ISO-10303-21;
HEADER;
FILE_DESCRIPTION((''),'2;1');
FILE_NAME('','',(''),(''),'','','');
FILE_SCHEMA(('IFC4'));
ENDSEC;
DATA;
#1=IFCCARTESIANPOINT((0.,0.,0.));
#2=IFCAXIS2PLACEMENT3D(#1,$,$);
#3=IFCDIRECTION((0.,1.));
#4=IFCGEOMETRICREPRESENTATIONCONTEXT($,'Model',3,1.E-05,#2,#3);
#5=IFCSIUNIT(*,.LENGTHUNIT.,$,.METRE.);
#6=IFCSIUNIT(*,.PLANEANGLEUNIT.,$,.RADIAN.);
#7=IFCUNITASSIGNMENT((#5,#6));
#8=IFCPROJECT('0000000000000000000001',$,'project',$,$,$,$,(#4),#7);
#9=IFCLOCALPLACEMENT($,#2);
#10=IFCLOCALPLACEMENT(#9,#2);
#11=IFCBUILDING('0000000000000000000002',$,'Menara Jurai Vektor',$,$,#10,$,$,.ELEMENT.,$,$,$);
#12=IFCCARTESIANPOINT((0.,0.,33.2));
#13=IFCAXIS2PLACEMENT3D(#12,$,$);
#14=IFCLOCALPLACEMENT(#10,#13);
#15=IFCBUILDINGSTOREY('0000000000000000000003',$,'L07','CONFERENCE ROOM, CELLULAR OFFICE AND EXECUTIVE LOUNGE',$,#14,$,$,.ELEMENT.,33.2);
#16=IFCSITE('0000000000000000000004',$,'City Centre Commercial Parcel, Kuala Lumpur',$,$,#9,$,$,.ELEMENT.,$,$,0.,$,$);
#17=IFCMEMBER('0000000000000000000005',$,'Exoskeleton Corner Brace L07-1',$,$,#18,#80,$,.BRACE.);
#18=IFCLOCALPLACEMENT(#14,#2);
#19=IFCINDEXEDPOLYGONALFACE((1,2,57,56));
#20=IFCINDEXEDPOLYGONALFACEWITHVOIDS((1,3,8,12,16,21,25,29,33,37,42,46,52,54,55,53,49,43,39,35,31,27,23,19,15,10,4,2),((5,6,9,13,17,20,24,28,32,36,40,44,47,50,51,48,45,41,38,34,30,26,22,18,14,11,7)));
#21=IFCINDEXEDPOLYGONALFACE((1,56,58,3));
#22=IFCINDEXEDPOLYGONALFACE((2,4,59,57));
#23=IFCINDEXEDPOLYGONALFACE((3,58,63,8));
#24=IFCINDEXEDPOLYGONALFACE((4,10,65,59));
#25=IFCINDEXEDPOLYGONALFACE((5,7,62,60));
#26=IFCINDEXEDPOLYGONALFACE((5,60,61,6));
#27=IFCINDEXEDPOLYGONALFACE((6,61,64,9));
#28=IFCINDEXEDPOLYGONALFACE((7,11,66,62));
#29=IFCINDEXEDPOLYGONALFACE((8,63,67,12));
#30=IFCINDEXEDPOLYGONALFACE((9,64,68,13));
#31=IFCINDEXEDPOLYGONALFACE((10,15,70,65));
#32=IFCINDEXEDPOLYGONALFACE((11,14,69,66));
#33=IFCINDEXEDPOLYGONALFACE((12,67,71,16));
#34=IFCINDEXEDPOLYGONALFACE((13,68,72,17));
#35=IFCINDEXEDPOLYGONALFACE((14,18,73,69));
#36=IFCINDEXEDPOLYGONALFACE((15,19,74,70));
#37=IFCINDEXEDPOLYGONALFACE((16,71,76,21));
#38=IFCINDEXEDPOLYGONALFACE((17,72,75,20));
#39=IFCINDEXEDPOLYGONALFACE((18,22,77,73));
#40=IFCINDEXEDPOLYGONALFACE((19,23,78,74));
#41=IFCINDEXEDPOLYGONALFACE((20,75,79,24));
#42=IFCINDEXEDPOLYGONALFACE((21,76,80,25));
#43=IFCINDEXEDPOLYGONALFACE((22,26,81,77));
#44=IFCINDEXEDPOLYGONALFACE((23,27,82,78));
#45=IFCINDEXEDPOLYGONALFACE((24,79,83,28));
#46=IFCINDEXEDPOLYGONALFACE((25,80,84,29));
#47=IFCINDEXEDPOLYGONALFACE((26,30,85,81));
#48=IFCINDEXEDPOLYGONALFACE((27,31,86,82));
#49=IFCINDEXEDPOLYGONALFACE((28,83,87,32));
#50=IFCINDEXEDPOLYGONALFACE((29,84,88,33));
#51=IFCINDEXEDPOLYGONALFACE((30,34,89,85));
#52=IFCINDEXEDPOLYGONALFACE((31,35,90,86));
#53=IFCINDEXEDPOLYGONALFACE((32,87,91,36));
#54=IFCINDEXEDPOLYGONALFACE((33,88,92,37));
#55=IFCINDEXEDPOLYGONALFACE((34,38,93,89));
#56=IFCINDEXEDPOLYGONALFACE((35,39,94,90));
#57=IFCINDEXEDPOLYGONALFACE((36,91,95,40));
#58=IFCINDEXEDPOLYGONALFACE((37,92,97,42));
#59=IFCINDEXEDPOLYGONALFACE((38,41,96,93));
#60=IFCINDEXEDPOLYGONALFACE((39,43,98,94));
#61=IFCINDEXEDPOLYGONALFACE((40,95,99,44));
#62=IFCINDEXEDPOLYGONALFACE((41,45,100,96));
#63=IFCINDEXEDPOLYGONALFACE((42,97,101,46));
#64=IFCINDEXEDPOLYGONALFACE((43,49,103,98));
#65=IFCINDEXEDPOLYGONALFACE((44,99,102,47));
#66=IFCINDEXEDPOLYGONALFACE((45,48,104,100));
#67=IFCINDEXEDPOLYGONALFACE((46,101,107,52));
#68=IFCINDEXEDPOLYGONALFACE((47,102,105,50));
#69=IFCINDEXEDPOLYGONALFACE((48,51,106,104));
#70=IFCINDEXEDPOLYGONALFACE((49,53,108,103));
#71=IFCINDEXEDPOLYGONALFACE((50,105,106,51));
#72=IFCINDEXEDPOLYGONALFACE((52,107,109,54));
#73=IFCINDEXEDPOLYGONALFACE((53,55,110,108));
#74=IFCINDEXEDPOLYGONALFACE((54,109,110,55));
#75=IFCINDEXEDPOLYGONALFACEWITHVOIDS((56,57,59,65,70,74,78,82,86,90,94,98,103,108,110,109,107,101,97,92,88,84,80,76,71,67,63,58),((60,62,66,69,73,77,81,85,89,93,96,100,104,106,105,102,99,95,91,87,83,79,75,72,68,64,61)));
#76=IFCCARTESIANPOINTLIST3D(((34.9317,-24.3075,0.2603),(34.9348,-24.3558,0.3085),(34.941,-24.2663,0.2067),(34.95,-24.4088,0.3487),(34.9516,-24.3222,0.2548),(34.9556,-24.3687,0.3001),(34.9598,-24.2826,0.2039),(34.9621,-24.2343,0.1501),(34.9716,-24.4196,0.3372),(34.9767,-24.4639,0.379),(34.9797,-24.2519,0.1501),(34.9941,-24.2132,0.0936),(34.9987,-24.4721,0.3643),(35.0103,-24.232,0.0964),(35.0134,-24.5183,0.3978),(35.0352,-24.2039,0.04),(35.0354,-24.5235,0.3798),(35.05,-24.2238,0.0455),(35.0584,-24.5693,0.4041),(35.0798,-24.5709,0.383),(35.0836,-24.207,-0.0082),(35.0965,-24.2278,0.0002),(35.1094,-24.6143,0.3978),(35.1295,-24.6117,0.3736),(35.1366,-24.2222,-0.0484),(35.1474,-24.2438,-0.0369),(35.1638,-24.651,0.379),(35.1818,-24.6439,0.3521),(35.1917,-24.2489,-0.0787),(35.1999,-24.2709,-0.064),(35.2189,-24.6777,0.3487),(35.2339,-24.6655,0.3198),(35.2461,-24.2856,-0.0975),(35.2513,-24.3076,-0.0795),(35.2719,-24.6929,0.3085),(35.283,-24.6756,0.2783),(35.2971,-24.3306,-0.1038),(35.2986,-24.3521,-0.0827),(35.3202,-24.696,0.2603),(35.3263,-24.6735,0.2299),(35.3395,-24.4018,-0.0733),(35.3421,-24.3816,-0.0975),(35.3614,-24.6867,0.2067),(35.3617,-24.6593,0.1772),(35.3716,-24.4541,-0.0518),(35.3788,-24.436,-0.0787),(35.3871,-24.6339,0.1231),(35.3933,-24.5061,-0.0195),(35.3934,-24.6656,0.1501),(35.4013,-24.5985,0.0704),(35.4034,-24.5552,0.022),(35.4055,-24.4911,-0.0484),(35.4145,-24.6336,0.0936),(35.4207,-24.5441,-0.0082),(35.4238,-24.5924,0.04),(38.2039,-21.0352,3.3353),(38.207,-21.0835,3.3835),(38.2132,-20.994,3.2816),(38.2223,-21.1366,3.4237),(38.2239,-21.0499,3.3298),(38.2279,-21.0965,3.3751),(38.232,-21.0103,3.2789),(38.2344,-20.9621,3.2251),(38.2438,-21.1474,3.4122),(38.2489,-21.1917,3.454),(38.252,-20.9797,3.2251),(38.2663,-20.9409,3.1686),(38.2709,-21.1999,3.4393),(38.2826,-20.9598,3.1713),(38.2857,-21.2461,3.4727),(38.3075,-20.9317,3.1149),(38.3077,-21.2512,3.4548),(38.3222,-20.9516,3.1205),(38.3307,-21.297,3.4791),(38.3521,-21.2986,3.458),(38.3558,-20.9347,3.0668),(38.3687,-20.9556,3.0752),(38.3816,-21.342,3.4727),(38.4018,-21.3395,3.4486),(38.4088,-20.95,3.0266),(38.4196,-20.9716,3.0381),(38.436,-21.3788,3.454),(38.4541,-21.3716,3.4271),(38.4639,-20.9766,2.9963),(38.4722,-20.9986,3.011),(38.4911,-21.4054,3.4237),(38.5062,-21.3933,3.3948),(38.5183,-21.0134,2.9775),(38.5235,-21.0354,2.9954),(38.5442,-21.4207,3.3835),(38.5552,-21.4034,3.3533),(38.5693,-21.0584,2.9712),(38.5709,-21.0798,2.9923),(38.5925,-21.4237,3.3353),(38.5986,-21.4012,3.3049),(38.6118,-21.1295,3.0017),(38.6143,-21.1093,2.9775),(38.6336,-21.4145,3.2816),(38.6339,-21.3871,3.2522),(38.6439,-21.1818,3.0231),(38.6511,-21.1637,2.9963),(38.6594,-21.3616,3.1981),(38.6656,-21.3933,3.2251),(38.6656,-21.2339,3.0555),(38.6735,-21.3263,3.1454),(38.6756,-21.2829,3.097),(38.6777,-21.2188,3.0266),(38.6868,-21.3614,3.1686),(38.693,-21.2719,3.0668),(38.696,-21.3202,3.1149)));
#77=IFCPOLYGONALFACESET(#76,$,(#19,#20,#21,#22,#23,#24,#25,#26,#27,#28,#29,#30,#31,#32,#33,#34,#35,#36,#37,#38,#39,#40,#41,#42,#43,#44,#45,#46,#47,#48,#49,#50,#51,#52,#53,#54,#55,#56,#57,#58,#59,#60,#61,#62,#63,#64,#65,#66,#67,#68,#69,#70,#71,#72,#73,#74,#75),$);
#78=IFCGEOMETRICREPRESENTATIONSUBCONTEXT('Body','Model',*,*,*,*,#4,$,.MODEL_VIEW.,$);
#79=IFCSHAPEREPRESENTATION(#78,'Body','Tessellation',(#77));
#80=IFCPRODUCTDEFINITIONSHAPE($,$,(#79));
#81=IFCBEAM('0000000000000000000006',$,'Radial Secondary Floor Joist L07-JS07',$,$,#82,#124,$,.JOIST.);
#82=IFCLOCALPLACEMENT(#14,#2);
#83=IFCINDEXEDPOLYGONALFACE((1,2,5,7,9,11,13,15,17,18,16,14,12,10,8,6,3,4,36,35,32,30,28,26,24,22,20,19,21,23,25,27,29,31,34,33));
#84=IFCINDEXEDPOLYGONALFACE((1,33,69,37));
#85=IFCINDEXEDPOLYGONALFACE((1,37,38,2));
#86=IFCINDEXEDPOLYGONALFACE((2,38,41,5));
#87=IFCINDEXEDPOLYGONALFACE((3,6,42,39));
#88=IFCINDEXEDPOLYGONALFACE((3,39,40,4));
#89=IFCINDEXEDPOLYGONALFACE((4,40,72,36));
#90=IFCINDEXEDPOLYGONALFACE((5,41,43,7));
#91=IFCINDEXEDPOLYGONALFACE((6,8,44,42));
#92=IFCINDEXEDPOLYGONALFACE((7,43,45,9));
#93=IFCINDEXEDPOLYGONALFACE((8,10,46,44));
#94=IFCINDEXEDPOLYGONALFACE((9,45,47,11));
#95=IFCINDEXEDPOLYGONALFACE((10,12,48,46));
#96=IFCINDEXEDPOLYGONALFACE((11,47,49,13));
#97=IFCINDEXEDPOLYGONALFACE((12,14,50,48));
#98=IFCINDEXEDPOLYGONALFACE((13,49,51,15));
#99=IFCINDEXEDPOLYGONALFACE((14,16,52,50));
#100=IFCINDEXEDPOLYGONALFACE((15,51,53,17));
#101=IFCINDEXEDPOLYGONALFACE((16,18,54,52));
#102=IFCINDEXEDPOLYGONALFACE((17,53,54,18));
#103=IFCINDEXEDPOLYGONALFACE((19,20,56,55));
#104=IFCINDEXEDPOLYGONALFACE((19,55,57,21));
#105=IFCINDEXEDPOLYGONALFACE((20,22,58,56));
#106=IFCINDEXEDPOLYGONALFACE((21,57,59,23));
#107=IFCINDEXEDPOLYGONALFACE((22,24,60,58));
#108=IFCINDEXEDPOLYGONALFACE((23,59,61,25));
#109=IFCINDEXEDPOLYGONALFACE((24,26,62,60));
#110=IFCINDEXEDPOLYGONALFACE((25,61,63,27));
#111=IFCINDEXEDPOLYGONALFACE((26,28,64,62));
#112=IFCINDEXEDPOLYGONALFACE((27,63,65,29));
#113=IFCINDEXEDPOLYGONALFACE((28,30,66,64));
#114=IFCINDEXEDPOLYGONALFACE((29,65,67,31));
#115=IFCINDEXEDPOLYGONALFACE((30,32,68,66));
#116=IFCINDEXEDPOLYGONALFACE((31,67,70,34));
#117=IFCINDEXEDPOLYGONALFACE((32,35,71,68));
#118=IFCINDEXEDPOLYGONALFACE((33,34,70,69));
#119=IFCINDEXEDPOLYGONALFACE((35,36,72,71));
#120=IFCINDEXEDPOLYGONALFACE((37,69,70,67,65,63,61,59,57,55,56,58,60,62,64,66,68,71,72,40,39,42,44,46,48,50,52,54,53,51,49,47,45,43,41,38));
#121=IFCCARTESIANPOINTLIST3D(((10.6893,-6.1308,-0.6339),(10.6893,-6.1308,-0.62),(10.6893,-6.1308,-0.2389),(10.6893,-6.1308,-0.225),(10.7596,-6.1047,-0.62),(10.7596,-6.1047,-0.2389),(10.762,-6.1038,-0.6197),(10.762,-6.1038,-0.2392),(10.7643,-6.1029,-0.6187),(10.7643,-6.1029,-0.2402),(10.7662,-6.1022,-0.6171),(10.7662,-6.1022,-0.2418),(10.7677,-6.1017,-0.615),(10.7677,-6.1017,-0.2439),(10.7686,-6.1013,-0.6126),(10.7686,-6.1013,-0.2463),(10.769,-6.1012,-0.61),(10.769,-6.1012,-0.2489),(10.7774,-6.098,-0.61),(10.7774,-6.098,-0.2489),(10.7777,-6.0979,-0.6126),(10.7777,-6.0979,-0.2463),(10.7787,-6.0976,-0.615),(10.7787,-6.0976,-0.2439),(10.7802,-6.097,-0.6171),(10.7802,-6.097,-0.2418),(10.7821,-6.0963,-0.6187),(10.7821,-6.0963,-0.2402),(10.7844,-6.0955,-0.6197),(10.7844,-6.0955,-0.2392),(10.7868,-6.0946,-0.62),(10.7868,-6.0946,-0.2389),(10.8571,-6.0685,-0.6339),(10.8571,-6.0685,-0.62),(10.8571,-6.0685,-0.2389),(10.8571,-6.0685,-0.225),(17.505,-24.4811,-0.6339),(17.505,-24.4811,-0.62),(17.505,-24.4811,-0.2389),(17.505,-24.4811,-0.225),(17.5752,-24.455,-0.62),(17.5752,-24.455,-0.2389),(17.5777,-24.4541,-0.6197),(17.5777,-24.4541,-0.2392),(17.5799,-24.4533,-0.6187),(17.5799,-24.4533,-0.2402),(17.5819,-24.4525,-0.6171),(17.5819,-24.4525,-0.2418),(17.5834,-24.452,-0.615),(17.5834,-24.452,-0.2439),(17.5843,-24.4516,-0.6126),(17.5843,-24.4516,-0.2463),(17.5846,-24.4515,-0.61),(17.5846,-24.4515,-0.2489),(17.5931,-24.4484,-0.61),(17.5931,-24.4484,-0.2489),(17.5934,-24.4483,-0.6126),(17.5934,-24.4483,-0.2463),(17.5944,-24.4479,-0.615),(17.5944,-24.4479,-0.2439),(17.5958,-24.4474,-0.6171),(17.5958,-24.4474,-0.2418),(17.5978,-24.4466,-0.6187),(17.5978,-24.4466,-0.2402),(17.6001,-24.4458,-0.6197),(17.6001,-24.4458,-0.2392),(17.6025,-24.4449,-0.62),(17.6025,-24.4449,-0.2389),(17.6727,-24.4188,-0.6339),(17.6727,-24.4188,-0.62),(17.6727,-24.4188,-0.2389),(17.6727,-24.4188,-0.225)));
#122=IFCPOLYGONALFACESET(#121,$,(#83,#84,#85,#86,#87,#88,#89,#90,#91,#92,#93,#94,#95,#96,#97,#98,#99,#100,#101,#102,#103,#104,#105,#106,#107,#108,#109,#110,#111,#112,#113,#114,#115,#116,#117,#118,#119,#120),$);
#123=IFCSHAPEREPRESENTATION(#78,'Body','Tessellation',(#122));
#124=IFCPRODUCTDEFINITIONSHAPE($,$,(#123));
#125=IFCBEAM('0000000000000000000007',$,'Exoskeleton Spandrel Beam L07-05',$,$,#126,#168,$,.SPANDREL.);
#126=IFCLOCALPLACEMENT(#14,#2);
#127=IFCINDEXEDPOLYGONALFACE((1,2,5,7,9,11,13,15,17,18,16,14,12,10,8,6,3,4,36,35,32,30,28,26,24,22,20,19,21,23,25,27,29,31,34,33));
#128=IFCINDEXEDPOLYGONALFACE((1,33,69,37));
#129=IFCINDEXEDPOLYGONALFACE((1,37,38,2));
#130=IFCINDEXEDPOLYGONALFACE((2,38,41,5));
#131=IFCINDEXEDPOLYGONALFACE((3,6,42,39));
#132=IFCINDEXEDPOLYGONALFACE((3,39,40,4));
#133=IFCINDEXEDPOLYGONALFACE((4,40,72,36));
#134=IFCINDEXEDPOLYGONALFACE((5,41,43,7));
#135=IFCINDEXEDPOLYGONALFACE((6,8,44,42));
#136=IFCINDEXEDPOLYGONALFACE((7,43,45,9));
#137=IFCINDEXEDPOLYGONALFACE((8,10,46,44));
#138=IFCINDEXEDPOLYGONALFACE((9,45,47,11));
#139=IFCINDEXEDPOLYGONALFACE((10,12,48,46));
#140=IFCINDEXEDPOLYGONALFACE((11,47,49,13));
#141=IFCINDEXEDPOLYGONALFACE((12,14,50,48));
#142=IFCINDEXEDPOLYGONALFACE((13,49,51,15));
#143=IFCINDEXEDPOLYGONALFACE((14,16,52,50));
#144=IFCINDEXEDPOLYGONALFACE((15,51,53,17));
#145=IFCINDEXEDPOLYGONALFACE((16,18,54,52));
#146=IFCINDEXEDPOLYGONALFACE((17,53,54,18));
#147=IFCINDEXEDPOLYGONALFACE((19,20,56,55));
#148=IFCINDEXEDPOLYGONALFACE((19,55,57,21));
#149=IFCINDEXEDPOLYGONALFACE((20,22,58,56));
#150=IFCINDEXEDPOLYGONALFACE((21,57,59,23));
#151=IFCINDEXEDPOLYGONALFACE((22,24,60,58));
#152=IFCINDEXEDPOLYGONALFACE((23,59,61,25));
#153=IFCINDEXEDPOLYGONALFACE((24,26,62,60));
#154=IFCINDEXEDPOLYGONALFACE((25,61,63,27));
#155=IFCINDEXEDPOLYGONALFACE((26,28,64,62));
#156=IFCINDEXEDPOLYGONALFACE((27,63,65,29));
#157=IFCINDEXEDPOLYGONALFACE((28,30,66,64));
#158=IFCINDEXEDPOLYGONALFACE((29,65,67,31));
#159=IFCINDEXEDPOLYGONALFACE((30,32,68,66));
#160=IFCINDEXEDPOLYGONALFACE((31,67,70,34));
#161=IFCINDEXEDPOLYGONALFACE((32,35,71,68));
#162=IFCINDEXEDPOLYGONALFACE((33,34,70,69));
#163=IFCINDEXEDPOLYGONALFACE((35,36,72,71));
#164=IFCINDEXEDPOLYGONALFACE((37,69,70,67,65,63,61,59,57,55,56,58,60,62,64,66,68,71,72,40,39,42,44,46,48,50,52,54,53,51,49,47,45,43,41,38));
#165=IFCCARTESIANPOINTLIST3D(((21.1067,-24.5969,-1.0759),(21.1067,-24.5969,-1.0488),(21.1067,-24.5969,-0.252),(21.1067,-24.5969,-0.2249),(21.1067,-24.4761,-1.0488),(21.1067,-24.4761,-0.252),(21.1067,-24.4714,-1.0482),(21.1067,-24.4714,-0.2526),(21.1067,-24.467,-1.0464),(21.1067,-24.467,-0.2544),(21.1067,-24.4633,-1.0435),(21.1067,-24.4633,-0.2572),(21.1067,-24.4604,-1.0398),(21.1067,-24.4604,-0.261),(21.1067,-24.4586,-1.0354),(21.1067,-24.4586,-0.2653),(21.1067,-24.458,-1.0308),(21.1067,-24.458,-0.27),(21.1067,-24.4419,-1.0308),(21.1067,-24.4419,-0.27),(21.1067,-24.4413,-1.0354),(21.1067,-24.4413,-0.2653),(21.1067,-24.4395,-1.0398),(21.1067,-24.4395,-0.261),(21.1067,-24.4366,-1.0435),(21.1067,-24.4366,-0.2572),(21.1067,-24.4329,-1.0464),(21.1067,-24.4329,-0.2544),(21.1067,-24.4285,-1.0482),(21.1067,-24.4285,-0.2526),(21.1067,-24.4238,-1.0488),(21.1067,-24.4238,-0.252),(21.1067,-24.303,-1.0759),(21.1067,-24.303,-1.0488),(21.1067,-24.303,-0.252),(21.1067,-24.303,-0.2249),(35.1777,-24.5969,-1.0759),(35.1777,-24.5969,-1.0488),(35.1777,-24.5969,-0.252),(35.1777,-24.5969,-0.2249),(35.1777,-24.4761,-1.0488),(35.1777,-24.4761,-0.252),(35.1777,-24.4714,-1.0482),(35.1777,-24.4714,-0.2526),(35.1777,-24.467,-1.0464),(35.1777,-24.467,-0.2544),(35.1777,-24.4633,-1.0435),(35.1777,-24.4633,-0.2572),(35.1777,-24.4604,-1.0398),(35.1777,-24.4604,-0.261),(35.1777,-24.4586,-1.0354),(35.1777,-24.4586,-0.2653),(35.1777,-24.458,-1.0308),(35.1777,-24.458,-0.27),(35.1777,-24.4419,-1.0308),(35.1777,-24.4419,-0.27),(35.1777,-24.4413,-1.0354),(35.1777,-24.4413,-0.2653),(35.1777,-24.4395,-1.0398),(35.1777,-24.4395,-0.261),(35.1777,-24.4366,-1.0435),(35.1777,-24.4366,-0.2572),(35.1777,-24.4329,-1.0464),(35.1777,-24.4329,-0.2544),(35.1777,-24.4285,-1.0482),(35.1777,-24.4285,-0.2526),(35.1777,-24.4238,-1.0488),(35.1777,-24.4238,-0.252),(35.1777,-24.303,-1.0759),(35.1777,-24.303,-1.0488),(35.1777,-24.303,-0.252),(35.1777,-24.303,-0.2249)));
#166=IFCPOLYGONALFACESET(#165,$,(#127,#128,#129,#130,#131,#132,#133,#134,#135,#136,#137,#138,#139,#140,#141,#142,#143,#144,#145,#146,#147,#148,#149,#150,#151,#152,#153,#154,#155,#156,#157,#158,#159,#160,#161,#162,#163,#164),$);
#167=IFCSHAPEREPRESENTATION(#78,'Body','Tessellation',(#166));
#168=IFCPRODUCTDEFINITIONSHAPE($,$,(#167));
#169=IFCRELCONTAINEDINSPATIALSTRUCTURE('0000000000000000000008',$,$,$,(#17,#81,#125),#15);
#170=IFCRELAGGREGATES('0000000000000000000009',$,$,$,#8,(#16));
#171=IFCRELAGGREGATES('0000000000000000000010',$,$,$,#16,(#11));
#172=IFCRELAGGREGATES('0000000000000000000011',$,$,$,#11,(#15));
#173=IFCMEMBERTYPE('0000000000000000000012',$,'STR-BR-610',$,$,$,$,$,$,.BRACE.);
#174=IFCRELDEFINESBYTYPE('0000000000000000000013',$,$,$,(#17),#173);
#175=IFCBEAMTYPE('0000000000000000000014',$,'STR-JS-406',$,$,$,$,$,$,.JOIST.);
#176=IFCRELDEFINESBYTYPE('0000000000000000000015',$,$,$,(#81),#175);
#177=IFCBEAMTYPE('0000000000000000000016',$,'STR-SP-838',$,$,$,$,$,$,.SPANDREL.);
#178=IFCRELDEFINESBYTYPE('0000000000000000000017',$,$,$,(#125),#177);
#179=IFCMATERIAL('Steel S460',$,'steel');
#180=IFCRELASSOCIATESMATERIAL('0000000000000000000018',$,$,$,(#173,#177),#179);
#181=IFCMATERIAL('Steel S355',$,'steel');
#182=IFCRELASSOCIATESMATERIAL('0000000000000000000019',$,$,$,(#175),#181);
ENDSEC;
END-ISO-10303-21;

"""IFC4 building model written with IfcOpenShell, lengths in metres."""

from ifc_helpers import new_model, si_unit, direction, frame, origin, origin_2d, place, context, subcontext, project, spatial, hollow_circle, i_section, extrude, material, material_profile, profile_set, type_object, element, save


model = new_model("IFC4")

# Units and contexts
model_context = context("Model", 3, precision=1e-05, world=origin(), true_north=direction((0.0, 1.0)))
body_context = subcontext(model_context, "Body", "Model", "MODEL_VIEW")
ifc_project = project(units=[si_unit("LENGTHUNIT", "METRE"), si_unit("PLANEANGLEUNIT", "RADIAN")], contexts=[model_context])

# Site, building, storey
site_placement = place(None, origin())
site = spatial("IfcSite", under=ifc_project, at=site_placement, Name="City Centre Commercial Parcel, Kuala Lumpur", CompositionType="ELEMENT", RefElevation=0.0)
building_placement = place(site_placement, origin())
building = spatial("IfcBuilding", under=site, at=building_placement, Name="Menara Jurai Vektor", CompositionType="ELEMENT")
storey_placement = place(building_placement, frame((0.0, 0.0, 33.2)))
storey = spatial("IfcBuildingStorey", under=building, at=storey_placement, Name="L07", Description="CONFERENCE ROOM, CELLULAR OFFICE AND EXECUTIVE LOUNGE", CompositionType="ELEMENT", Elevation=33.2)

# Shared definitions
ifc_material_1 = material(Name="Steel S460", Category="steel")

# Shared definitions
ifc_material_2 = material(Name="Steel S355", Category="steel")

# Member
ifc_material_profile_1 = material_profile(ifc_material_1, hollow_circle(Radius=0.3049, WallThickness=0.0249, at=origin_2d()), Name="CHS 610x25")
ifc_profile_set_1 = profile_set([ifc_material_profile_1], Name="Steel S460")
member_type_1 = type_object("IfcMemberType", Name="STR-BR-610", PredefinedType="BRACE", material=ifc_profile_set_1)
member_1_placement = place(storey_placement, frame((35.1777, -24.45, 0.1501), z_axis=(0.588942, 0.588942, 0.553438), x_axis=(-0.707107, 0.707107, 0.0)))
element("IfcMember", 1, at=member_1_placement, inside=storey, type_object=member_type_1, Name="Exoskeleton Corner Brace L07-1", PredefinedType="BRACE", context=body_context, shape_type="SweptSolid", body=[
    extrude(hollow_circle(Radius=0.3049, WallThickness=0.0249, at=origin_2d()), origin(), (0.0, 0.0, 1.0), 5.5562),
])

# Beams
ifc_material_profile_2 = material_profile(ifc_material_2, i_section(OverallWidth=0.179, OverallDepth=0.4089, WebThickness=0.009, FlangeThickness=0.0139, FilletRadius=0.01, at=origin_2d()), Name="UKB 406x178x67")
ifc_profile_set_2 = profile_set([ifc_material_profile_2], Name="Steel S355")
beam_type_1 = type_object("IfcBeamType", Name="STR-JS-406", PredefinedType="JOIST", material=ifc_profile_set_2)
beam_1_placement = place(storey_placement, frame((17.5889, -24.45, -0.4294), z_axis=(-0.348179, 0.937428, 0.0), x_axis=(-0.937428, -0.348179, 0.0)))
element("IfcBeam", 2, at=beam_1_placement, inside=storey, type_object=beam_type_1, Name="Radial Secondary Floor Joist L07-JS07", PredefinedType="JOIST", context=body_context, shape_type="SweptSolid", body=[
    extrude(i_section(OverallWidth=0.179, OverallDepth=0.4089, WebThickness=0.009, FlangeThickness=0.0139, FilletRadius=0.01, at=origin_2d()), origin(), (0.0, 0.0, 1.0), 19.5752),
])
ifc_material_profile_3 = material_profile(ifc_material_1, i_section(OverallWidth=0.2939, OverallDepth=0.8511, WebThickness=0.0161, FlangeThickness=0.0271, FilletRadius=0.0181, at=origin_2d()), Name="UKB 838x292x226")
ifc_profile_set_3 = profile_set([ifc_material_profile_3], Name="Steel S460")
beam_type_2 = type_object("IfcBeamType", Name="STR-SP-838", PredefinedType="SPANDREL", material=ifc_profile_set_3)
beam_2_placement = place(storey_placement, frame((21.1067, -24.45, -0.6504), z_axis=(1.0, 0.0, 0.0), x_axis=(0.0, 1.0, 0.0)))
element("IfcBeam", 3, at=beam_2_placement, inside=storey, type_object=beam_type_2, Name="Exoskeleton Spandrel Beam L07-05", PredefinedType="SPANDREL", context=body_context, shape_type="SweptSolid", body=[
    extrude(i_section(OverallWidth=0.2939, OverallDepth=0.8511, WebThickness=0.0161, FlangeThickness=0.0271, FilletRadius=0.0181, at=origin_2d()), origin(), (0.0, 0.0, 1.0), 14.071),
])

save(model, "model.ifc")
